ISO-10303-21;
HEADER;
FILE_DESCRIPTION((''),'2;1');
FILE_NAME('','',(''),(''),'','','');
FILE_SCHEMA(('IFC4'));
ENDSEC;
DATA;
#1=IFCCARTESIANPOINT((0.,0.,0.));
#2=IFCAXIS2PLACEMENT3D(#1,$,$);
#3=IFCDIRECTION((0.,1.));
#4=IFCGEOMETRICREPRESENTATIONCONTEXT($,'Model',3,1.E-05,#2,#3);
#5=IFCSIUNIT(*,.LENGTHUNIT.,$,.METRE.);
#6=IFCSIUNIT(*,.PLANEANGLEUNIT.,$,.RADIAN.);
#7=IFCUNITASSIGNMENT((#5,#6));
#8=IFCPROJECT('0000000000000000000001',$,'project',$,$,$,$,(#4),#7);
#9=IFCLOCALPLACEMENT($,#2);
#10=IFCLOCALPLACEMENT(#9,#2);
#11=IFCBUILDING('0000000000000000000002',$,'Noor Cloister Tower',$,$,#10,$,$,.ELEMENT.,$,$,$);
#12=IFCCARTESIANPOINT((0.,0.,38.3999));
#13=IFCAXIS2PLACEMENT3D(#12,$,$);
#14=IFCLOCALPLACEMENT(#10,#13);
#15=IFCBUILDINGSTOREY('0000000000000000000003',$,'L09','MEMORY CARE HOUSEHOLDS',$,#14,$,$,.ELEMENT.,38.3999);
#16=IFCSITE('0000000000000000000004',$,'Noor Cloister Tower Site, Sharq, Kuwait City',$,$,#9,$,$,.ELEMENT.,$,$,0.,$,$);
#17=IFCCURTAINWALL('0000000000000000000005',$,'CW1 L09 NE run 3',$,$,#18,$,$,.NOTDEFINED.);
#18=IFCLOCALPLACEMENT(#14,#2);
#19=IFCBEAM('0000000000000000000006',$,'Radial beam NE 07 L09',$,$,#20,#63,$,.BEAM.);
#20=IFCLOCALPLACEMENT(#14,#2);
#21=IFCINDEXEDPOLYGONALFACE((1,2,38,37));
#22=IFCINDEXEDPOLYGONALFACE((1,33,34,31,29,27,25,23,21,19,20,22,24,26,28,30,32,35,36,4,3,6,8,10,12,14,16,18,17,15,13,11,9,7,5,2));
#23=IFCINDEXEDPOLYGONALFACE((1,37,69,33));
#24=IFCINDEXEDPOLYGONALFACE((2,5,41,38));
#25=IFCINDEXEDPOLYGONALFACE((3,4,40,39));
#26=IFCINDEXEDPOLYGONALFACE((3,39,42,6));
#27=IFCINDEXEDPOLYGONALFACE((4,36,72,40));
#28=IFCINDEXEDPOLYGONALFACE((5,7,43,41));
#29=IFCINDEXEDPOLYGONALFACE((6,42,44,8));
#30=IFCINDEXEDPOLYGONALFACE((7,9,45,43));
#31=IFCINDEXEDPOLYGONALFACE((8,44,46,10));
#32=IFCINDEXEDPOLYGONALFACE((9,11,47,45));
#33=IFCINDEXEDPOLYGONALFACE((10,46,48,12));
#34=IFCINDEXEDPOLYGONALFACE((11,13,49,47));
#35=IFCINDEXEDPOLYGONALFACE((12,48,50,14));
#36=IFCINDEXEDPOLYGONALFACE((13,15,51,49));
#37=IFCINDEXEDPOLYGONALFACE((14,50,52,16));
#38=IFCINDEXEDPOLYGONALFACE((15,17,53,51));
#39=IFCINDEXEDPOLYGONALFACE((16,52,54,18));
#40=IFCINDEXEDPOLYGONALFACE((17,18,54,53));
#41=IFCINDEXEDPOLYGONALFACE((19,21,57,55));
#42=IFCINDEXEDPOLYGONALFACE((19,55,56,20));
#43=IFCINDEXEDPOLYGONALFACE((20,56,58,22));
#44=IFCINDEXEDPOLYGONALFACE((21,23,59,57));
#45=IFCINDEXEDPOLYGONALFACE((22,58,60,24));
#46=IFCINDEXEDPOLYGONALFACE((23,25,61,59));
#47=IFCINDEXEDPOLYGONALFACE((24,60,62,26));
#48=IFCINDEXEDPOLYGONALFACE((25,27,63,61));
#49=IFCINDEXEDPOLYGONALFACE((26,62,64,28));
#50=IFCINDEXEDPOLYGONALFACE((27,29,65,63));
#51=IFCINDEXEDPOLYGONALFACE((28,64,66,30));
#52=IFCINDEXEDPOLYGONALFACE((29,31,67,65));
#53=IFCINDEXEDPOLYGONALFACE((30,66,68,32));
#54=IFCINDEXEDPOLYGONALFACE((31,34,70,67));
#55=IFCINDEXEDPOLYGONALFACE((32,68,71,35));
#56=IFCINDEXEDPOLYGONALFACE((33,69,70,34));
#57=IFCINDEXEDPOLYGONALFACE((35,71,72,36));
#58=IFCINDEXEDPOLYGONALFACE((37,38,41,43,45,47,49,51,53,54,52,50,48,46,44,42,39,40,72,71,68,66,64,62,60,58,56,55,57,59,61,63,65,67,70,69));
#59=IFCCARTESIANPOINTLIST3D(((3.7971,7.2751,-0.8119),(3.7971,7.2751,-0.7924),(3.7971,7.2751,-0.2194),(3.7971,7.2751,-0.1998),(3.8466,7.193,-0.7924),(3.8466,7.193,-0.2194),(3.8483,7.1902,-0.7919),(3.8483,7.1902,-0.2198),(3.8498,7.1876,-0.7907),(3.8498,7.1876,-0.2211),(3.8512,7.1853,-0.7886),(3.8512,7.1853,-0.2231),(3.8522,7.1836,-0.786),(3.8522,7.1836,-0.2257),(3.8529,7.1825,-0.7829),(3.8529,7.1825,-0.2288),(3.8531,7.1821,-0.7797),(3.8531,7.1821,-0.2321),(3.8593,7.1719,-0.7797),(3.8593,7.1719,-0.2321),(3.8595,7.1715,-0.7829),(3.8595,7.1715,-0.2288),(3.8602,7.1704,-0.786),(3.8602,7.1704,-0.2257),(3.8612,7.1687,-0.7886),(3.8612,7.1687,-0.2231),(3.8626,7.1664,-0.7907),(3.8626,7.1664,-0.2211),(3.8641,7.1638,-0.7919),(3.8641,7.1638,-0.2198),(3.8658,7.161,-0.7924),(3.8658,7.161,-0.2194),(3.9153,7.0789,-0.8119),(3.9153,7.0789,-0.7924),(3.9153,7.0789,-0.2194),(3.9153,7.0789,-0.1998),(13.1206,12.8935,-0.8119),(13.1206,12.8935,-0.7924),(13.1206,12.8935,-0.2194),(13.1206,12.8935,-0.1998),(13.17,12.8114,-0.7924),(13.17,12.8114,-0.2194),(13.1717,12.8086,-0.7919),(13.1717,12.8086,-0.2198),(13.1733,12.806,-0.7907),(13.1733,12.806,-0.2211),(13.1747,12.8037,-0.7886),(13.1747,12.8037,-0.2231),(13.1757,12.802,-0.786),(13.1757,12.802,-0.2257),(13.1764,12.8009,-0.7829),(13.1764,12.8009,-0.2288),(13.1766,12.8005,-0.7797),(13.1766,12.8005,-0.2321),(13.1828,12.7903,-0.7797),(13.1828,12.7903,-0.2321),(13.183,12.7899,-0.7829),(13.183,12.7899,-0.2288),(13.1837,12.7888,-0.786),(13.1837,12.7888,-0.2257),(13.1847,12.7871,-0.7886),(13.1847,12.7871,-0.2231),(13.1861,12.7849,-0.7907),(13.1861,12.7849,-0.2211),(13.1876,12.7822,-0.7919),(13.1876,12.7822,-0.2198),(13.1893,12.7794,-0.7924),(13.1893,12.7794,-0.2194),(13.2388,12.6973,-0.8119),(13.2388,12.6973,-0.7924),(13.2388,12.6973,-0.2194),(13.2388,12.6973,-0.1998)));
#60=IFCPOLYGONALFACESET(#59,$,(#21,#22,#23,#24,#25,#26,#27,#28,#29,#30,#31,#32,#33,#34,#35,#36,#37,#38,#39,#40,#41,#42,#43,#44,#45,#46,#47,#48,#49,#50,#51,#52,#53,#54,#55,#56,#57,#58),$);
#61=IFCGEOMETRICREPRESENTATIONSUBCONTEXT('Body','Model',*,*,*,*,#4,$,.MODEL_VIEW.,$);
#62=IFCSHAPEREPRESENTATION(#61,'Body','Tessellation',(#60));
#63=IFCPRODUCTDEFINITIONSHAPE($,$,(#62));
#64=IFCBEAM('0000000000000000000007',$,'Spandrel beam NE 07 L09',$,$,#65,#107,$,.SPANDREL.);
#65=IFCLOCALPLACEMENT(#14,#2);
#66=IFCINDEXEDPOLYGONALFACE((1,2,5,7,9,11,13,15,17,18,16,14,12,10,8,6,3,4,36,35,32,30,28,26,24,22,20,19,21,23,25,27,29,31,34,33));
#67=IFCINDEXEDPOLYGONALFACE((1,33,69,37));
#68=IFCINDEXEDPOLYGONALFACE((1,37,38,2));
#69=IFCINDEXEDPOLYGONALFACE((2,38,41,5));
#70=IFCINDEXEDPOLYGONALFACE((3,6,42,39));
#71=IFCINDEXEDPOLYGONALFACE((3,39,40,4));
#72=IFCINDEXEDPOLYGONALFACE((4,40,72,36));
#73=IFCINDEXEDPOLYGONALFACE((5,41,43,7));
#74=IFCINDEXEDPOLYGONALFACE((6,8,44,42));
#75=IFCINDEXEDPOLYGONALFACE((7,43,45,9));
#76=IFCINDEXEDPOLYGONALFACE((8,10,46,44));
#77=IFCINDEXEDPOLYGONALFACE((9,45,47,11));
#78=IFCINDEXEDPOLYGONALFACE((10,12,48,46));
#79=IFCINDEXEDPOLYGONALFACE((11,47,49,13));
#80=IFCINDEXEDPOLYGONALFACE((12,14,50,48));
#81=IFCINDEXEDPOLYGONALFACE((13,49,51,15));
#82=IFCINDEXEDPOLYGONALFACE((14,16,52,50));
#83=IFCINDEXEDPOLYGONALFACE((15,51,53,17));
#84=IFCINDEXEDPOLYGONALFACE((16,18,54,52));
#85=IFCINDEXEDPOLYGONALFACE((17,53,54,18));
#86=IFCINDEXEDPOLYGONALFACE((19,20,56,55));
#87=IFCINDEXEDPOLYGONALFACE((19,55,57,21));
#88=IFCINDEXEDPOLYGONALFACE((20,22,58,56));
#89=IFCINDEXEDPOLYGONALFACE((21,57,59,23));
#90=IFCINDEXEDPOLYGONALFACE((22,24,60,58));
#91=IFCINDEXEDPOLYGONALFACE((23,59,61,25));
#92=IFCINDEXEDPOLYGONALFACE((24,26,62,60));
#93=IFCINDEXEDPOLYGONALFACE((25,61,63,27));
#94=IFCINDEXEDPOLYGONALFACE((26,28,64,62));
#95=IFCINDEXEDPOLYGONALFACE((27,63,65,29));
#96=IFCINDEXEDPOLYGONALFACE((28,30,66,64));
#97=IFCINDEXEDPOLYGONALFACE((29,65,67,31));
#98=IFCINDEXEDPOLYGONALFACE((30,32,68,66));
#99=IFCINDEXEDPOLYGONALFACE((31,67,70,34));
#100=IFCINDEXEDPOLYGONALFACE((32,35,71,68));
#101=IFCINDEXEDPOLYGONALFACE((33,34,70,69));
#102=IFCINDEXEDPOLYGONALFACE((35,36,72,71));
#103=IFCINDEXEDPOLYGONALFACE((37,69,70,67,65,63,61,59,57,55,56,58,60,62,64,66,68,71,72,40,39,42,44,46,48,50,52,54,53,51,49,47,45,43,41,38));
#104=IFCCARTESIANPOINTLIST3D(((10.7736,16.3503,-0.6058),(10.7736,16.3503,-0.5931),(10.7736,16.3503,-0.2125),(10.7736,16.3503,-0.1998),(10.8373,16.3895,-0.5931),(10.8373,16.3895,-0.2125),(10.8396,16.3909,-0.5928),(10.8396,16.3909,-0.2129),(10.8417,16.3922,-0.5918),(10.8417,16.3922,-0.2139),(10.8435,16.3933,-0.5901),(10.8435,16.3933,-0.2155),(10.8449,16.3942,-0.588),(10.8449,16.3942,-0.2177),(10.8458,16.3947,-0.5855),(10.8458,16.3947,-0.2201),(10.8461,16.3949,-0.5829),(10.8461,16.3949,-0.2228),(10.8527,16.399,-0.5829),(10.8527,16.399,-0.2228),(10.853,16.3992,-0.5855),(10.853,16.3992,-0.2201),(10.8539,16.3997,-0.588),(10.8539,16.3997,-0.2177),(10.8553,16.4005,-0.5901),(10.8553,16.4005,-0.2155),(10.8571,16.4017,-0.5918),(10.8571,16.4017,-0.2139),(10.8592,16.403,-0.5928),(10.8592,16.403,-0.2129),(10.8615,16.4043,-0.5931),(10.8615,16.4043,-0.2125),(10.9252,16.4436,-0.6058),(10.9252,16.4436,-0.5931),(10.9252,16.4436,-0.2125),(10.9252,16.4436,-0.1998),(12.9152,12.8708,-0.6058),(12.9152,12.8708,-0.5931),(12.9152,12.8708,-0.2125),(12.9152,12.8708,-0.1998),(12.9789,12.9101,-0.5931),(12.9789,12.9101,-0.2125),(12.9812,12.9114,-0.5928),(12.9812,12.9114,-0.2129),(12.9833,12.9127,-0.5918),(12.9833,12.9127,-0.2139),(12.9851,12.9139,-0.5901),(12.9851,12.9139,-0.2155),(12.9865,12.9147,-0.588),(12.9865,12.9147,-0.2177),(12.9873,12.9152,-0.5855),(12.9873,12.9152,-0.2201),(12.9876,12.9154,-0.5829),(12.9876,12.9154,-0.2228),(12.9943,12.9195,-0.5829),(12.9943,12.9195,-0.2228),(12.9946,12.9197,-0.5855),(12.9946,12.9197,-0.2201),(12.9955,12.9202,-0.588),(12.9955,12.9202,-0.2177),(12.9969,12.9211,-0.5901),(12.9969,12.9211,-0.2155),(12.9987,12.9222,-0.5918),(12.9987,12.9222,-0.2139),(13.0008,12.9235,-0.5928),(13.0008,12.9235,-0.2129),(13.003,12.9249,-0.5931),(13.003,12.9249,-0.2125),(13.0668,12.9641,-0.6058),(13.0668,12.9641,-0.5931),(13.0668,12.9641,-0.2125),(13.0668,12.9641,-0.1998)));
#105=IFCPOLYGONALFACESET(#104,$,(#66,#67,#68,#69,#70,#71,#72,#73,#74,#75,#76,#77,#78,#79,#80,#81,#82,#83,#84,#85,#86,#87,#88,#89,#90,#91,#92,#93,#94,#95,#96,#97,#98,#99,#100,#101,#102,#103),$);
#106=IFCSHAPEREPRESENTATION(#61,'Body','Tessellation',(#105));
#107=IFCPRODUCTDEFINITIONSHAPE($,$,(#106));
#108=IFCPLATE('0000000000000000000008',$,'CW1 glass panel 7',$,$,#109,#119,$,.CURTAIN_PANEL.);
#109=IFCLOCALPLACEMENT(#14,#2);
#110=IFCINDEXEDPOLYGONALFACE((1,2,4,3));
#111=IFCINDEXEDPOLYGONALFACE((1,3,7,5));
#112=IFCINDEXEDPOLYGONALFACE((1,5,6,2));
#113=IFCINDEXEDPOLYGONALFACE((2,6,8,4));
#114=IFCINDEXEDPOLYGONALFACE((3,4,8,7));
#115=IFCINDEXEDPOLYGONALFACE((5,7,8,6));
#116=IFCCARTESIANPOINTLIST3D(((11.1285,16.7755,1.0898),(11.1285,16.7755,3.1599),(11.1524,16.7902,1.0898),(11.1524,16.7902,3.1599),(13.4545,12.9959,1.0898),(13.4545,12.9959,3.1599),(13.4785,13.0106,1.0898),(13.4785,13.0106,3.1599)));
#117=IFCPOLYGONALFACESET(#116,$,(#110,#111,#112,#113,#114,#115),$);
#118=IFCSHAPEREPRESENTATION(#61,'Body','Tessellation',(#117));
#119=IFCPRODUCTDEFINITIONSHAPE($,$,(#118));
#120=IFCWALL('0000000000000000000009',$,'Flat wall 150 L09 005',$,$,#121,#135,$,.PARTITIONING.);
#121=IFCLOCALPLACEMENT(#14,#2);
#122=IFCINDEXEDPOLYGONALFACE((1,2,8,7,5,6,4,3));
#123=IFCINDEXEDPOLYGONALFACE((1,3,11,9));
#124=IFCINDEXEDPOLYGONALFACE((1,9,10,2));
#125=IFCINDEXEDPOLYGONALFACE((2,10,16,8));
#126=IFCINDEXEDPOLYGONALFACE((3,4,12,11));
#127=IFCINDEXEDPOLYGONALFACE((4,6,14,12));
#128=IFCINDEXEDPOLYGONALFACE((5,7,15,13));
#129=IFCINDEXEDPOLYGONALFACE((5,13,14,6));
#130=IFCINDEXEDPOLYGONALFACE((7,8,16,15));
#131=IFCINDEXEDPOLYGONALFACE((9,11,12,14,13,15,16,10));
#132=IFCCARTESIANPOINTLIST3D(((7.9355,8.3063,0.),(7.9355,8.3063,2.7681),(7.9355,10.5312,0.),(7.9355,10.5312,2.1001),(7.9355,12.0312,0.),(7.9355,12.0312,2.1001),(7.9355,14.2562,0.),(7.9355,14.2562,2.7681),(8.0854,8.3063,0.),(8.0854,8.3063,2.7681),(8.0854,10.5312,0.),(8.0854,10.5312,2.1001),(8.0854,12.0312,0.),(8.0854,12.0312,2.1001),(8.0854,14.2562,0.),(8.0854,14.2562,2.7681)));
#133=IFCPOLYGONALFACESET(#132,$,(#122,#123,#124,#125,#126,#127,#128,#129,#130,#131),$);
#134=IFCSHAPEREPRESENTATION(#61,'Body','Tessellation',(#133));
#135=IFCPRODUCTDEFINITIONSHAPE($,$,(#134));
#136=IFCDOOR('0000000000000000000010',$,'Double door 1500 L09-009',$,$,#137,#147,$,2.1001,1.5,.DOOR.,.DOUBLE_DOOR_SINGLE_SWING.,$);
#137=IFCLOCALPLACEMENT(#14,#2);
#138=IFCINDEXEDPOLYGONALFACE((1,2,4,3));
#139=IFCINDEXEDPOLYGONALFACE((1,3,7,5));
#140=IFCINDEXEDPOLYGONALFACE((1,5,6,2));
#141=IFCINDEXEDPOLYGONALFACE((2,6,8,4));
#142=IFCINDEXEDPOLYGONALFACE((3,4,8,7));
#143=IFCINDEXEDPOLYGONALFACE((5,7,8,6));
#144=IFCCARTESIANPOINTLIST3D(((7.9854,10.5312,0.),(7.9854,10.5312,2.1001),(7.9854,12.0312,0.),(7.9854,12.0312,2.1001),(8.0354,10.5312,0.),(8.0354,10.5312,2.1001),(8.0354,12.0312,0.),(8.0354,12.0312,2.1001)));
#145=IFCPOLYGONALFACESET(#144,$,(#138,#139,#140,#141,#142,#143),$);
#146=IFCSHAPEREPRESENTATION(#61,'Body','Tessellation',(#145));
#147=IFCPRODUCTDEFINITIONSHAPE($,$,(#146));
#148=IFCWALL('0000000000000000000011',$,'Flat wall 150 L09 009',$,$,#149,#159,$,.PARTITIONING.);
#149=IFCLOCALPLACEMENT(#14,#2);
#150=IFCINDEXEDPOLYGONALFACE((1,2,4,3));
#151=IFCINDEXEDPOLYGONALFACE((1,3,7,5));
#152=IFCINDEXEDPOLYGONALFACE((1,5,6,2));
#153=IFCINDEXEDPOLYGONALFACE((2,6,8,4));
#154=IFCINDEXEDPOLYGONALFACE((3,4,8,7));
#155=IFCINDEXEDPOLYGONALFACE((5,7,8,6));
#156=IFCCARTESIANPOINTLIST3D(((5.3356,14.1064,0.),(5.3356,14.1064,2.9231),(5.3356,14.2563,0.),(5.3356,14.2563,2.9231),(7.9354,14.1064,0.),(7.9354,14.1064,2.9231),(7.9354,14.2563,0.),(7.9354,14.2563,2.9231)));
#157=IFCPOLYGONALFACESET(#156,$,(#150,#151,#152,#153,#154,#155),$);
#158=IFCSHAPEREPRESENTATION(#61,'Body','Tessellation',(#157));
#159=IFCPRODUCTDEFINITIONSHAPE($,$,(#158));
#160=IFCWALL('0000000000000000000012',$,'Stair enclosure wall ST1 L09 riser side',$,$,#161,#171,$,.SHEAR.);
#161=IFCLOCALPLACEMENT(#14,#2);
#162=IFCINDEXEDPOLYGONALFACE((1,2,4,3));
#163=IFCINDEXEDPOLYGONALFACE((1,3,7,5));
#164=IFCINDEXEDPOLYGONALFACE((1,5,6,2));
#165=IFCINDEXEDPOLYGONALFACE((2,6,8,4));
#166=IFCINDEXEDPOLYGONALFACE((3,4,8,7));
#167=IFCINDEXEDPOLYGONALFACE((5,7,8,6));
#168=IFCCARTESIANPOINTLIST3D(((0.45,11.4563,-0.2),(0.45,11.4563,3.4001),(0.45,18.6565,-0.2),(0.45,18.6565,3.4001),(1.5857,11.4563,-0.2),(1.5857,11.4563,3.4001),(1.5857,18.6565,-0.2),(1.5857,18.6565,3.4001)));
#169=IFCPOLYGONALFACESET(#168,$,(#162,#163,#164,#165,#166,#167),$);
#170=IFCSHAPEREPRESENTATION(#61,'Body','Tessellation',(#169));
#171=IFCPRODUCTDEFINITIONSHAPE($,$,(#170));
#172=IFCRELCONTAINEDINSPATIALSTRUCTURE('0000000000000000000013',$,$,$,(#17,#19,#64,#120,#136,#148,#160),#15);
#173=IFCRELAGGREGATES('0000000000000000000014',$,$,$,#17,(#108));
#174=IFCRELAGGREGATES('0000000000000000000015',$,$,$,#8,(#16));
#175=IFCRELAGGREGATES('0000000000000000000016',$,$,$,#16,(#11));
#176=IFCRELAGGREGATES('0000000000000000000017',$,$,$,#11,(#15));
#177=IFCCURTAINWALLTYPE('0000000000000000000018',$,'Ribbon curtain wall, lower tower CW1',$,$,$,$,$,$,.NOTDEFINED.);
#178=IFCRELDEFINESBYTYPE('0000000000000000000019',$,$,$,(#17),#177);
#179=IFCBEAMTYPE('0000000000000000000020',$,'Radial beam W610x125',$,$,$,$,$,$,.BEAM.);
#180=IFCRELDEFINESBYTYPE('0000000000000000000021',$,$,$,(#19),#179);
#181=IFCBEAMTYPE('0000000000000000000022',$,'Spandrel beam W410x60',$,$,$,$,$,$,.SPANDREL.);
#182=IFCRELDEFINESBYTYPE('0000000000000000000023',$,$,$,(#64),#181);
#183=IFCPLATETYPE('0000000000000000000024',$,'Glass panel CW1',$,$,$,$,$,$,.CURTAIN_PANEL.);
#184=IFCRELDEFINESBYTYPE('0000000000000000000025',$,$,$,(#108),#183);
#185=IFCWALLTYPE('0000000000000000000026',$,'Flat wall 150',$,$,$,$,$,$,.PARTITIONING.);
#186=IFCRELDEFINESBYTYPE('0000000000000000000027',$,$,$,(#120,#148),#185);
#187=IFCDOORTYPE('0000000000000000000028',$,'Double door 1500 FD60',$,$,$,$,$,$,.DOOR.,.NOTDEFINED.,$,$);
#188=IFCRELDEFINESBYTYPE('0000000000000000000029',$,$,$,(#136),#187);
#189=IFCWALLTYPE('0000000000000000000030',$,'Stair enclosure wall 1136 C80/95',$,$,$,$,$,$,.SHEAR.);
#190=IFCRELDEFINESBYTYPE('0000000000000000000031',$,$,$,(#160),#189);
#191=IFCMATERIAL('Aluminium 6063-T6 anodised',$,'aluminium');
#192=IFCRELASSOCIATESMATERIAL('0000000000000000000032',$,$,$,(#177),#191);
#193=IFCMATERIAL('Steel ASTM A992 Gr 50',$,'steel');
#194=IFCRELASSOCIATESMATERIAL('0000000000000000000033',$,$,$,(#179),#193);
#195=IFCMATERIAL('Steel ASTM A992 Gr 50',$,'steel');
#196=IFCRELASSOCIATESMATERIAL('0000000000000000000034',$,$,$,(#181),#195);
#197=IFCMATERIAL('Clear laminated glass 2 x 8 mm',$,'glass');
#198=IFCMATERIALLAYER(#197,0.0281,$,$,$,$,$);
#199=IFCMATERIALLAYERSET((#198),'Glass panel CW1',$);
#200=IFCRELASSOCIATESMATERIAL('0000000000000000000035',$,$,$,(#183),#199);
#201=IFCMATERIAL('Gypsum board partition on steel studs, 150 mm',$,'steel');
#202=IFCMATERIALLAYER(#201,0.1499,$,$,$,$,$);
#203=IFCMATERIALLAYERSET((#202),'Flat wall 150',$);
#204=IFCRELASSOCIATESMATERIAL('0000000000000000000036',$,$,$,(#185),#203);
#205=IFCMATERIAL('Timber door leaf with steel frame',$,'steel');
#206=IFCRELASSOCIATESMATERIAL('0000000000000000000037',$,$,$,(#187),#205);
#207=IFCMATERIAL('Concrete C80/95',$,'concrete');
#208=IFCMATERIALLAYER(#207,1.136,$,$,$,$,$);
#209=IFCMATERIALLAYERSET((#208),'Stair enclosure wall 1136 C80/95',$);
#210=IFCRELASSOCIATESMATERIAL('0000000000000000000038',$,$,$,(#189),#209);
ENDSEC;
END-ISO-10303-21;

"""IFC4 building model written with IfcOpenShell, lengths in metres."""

from ifc_helpers import new_model, si_unit, direction, frame, frame_2d, origin, origin_2d, place, context, subcontext, project, spatial, rectangle, i_section, extrude, material, layer, layer_set, material_profile, profile_set, type_object, element, fill, aggregate, save


model = new_model("IFC4")

# Units and contexts
model_context = context("Model", 3, precision=1e-05, world=origin(), true_north=direction((0.0, 1.0)))
body_context = subcontext(model_context, "Body", "Model", "MODEL_VIEW")
ifc_project = project(units=[si_unit("LENGTHUNIT", "METRE"), si_unit("PLANEANGLEUNIT", "RADIAN")], contexts=[model_context])

# Site, building, storey
site_placement = place(None, origin())
site = spatial("IfcSite", under=ifc_project, at=site_placement, Name="Noor Cloister Tower Site, Sharq, Kuwait City", CompositionType="ELEMENT", RefElevation=0.0)
building_placement = place(site_placement, origin())
building = spatial("IfcBuilding", under=site, at=building_placement, Name="Noor Cloister Tower", CompositionType="ELEMENT")
storey_placement = place(building_placement, frame((0.0, 0.0, 38.3999)))
storey = spatial("IfcBuildingStorey", under=building, at=storey_placement, Name="L09", Description="MEMORY CARE HOUSEHOLDS", CompositionType="ELEMENT", Elevation=38.3999)

# Curtain wall
ifc_material_1 = material(Name="Aluminium 6063-T6 anodised", Category="aluminium")
curtain_wall_type = type_object("IfcCurtainWallType", Name="Ribbon curtain wall, lower tower CW1", PredefinedType="NOTDEFINED", material=ifc_material_1)
curtain_wall_placement = place(storey_placement, origin())
curtain_wall = element("IfcCurtainWall", 1, at=curtain_wall_placement, inside=storey, type_object=curtain_wall_type, Name="CW1 L09 NE run 3", PredefinedType="NOTDEFINED")

# Beams
ifc_material_2 = material(Name="Steel ASTM A992 Gr 50", Category="steel")
ifc_material_profile_1 = material_profile(ifc_material_2, i_section(OverallWidth=0.229, OverallDepth=0.6121, WebThickness=0.012, FlangeThickness=0.0195, FilletRadius=0.0127, at=origin_2d()), Name="W610x125")
ifc_profile_set_1 = profile_set([ifc_material_profile_1], Name="Steel ASTM A992 Gr 50")
beam_type_1 = type_object("IfcBeamType", Name="Radial beam W610x125", PredefinedType="BEAM", material=ifc_profile_set_1)
beam_1_placement = place(storey_placement, frame((13.1797, 12.7954, -0.5059), z_axis=(-0.856506, -0.516137, 0.0), x_axis=(0.516137, -0.856506, 0.0)))
element("IfcBeam", 2, at=beam_1_placement, inside=storey, type_object=beam_type_1, Name="Radial beam NE 07 L09", PredefinedType="BEAM", context=body_context, shape_type="SweptSolid", body=[
    extrude(i_section(OverallWidth=0.229, OverallDepth=0.6121, WebThickness=0.012, FlangeThickness=0.0195, FilletRadius=0.0127, at=origin_2d()), origin(), (0.0, 0.0, 1.0), 10.8855),
])
ifc_material_3 = material(Name="Steel ASTM A992 Gr 50", Category="steel")
ifc_material_profile_2 = material_profile(ifc_material_3, i_section(OverallWidth=0.178, OverallDepth=0.406, WebThickness=0.0078, FlangeThickness=0.0127, FilletRadius=0.0103, at=origin_2d()), Name="W410x60")
ifc_profile_set_2 = profile_set([ifc_material_profile_2], Name="Steel ASTM A992 Gr 50")
beam_type_2 = type_object("IfcBeamType", Name="Spandrel beam W410x60", PredefinedType="SPANDREL", material=ifc_profile_set_2)
beam_2_placement = place(storey_placement, frame((12.991, 12.9175, -0.4028), z_axis=(-0.524164, 0.851617, 0.0), x_axis=(-0.851617, -0.524164, 0.0)))
element("IfcBeam", 3, at=beam_2_placement, inside=storey, type_object=beam_type_2, Name="Spandrel beam NE 07 L09", PredefinedType="SPANDREL", context=body_context, shape_type="SweptSolid", body=[
    extrude(i_section(OverallWidth=0.178, OverallDepth=0.406, WebThickness=0.0078, FlangeThickness=0.0127, FilletRadius=0.0103, at=origin_2d()), origin(), (0.0, 0.0, 1.0), 4.0857),
])

# Plate
ifc_material_4 = material(Name="Clear laminated glass 2 x 8 mm", Category="glass")
ifc_layer_1 = layer(ifc_material_4, 0.0281)
ifc_layer_set_1 = layer_set([ifc_layer_1], Name="Glass panel CW1")
plate_type = type_object("IfcPlateType", Name="Glass panel CW1", PredefinedType="CURTAIN_PANEL", material=ifc_layer_set_1)
plate_placement = place(storey_placement, frame((12.3035, 14.8931, 1.0898), z_axis=(0.0, 0.0, 1.0), x_axis=(-0.524127, 0.85164, 0.0)))
plate = element("IfcPlate", 4, at=plate_placement, type_object=plate_type, Name="CW1 glass panel 7", PredefinedType="CURTAIN_PANEL", context=body_context, shape_type="SweptSolid", body=[
    extrude(rectangle(XDim=4.438, YDim=0.0281, at=origin_2d()), origin(), (0.0, 0.0, 1.0), 2.0701),
])
aggregate(curtain_wall, [plate])

# Wall, opening, door
ifc_material_5 = material(Name="Gypsum board partition on steel studs, 150 mm", Category="steel")
ifc_layer_2 = layer(ifc_material_5, 0.1499)
ifc_layer_set_2 = layer_set([ifc_layer_2], Name="Flat wall 150")
wall_type_1 = type_object("IfcWallType", Name="Flat wall 150", PredefinedType="PARTITIONING", material=ifc_layer_set_2)
wall_1_placement = place(storey_placement, frame((8.0105, 14.2563, 0.0), z_axis=(0.0, 0.0, 1.0), x_axis=(0.0, -1.0, 0.0)))
wall_1 = element("IfcWall", 5, at=wall_1_placement, inside=storey, type_object=wall_type_1, Name="Flat wall 150 L09 005", PredefinedType="PARTITIONING", context=body_context, shape_type="SweptSolid", body=[
    extrude(rectangle(XDim=5.95, YDim=0.1499, at=frame_2d((2.9751, 0.0))), origin(), (0.0, 0.0, 1.0), 2.7681),
])
opening_1_placement = place(wall_1_placement, frame((2.2251, 0.0, 0.0)))
opening_1 = element("IfcOpeningElement", 6, at=opening_1_placement, cuts=wall_1, PredefinedType="OPENING", context=body_context, shape_type="SweptSolid", body=[
    extrude(rectangle(XDim=1.5, YDim=2.1001, at=frame_2d((0.75, 1.05))), frame((0.0, 0.085, 0.0), z_axis=(0.0, -1.0, 0.0), x_axis=(1.0, 0.0, 0.0)), (0.0, 0.0, 1.0), 0.1699),
])
ifc_material_6 = material(Name="Timber door leaf with steel frame", Category="steel")
door_type_1 = type_object("IfcDoorType", Name="Double door 1500 FD60", OperationType="NOTDEFINED", PredefinedType="DOOR", material=ifc_material_6)
door_1_placement = place(opening_1_placement, origin())
door_1 = element("IfcDoor", 7, at=door_1_placement, inside=storey, type_object=door_type_1, Name="Double door 1500 L09-009", OperationType="DOUBLE_DOOR_SINGLE_SWING", OverallHeight=2.1001, OverallWidth=1.5, PredefinedType="DOOR", context=body_context, shape_type="SweptSolid", body=[
    extrude(rectangle(XDim=1.5, YDim=2.1001, at=frame_2d((0.75, 1.05))), frame((0.0, 0.0249, 0.0), z_axis=(0.0, -1.0, 0.0), x_axis=(1.0, 0.0, 0.0)), (0.0, 0.0, 1.0), 0.05),
])
fill(opening_1, door_1)

# Walls
wall_2_placement = place(storey_placement, frame((5.3357, 14.1814, 0.0), z_axis=(0.0, 0.0, 1.0), x_axis=(1.0, 0.0, 0.0)))
element("IfcWall", 8, at=wall_2_placement, inside=storey, type_object=wall_type_1, Name="Flat wall 150 L09 009", PredefinedType="PARTITIONING", context=body_context, shape_type="SweptSolid", body=[
    extrude(rectangle(XDim=2.5999, YDim=0.1499, at=frame_2d((1.2998, 0.0))), origin(), (0.0, 0.0, 1.0), 2.9231),
])
ifc_material_7 = material(Name="Concrete C80/95", Category="concrete")
ifc_layer_3 = layer(ifc_material_7, 1.136)
ifc_layer_set_3 = layer_set([ifc_layer_3], Name="Stair enclosure wall 1136 C80/95")
wall_type_2 = type_object("IfcWallType", Name="Stair enclosure wall 1136 C80/95", PredefinedType="SHEAR", material=ifc_layer_set_3)
wall_3_placement = place(storey_placement, frame((1.0178, 11.4563, -0.2), z_axis=(0.0, 0.0, 1.0), x_axis=(0.0, 1.0, 0.0)))
element("IfcWall", 9, at=wall_3_placement, inside=storey, type_object=wall_type_2, Name="Stair enclosure wall ST1 L09 riser side", PredefinedType="SHEAR", context=body_context, shape_type="SweptSolid", body=[
    extrude(rectangle(XDim=7.2002, YDim=1.1357, at=frame_2d((3.6001, 0.0))), origin(), (0.0, 0.0, 1.0), 3.6001),
])

save(model, "model.ifc")
